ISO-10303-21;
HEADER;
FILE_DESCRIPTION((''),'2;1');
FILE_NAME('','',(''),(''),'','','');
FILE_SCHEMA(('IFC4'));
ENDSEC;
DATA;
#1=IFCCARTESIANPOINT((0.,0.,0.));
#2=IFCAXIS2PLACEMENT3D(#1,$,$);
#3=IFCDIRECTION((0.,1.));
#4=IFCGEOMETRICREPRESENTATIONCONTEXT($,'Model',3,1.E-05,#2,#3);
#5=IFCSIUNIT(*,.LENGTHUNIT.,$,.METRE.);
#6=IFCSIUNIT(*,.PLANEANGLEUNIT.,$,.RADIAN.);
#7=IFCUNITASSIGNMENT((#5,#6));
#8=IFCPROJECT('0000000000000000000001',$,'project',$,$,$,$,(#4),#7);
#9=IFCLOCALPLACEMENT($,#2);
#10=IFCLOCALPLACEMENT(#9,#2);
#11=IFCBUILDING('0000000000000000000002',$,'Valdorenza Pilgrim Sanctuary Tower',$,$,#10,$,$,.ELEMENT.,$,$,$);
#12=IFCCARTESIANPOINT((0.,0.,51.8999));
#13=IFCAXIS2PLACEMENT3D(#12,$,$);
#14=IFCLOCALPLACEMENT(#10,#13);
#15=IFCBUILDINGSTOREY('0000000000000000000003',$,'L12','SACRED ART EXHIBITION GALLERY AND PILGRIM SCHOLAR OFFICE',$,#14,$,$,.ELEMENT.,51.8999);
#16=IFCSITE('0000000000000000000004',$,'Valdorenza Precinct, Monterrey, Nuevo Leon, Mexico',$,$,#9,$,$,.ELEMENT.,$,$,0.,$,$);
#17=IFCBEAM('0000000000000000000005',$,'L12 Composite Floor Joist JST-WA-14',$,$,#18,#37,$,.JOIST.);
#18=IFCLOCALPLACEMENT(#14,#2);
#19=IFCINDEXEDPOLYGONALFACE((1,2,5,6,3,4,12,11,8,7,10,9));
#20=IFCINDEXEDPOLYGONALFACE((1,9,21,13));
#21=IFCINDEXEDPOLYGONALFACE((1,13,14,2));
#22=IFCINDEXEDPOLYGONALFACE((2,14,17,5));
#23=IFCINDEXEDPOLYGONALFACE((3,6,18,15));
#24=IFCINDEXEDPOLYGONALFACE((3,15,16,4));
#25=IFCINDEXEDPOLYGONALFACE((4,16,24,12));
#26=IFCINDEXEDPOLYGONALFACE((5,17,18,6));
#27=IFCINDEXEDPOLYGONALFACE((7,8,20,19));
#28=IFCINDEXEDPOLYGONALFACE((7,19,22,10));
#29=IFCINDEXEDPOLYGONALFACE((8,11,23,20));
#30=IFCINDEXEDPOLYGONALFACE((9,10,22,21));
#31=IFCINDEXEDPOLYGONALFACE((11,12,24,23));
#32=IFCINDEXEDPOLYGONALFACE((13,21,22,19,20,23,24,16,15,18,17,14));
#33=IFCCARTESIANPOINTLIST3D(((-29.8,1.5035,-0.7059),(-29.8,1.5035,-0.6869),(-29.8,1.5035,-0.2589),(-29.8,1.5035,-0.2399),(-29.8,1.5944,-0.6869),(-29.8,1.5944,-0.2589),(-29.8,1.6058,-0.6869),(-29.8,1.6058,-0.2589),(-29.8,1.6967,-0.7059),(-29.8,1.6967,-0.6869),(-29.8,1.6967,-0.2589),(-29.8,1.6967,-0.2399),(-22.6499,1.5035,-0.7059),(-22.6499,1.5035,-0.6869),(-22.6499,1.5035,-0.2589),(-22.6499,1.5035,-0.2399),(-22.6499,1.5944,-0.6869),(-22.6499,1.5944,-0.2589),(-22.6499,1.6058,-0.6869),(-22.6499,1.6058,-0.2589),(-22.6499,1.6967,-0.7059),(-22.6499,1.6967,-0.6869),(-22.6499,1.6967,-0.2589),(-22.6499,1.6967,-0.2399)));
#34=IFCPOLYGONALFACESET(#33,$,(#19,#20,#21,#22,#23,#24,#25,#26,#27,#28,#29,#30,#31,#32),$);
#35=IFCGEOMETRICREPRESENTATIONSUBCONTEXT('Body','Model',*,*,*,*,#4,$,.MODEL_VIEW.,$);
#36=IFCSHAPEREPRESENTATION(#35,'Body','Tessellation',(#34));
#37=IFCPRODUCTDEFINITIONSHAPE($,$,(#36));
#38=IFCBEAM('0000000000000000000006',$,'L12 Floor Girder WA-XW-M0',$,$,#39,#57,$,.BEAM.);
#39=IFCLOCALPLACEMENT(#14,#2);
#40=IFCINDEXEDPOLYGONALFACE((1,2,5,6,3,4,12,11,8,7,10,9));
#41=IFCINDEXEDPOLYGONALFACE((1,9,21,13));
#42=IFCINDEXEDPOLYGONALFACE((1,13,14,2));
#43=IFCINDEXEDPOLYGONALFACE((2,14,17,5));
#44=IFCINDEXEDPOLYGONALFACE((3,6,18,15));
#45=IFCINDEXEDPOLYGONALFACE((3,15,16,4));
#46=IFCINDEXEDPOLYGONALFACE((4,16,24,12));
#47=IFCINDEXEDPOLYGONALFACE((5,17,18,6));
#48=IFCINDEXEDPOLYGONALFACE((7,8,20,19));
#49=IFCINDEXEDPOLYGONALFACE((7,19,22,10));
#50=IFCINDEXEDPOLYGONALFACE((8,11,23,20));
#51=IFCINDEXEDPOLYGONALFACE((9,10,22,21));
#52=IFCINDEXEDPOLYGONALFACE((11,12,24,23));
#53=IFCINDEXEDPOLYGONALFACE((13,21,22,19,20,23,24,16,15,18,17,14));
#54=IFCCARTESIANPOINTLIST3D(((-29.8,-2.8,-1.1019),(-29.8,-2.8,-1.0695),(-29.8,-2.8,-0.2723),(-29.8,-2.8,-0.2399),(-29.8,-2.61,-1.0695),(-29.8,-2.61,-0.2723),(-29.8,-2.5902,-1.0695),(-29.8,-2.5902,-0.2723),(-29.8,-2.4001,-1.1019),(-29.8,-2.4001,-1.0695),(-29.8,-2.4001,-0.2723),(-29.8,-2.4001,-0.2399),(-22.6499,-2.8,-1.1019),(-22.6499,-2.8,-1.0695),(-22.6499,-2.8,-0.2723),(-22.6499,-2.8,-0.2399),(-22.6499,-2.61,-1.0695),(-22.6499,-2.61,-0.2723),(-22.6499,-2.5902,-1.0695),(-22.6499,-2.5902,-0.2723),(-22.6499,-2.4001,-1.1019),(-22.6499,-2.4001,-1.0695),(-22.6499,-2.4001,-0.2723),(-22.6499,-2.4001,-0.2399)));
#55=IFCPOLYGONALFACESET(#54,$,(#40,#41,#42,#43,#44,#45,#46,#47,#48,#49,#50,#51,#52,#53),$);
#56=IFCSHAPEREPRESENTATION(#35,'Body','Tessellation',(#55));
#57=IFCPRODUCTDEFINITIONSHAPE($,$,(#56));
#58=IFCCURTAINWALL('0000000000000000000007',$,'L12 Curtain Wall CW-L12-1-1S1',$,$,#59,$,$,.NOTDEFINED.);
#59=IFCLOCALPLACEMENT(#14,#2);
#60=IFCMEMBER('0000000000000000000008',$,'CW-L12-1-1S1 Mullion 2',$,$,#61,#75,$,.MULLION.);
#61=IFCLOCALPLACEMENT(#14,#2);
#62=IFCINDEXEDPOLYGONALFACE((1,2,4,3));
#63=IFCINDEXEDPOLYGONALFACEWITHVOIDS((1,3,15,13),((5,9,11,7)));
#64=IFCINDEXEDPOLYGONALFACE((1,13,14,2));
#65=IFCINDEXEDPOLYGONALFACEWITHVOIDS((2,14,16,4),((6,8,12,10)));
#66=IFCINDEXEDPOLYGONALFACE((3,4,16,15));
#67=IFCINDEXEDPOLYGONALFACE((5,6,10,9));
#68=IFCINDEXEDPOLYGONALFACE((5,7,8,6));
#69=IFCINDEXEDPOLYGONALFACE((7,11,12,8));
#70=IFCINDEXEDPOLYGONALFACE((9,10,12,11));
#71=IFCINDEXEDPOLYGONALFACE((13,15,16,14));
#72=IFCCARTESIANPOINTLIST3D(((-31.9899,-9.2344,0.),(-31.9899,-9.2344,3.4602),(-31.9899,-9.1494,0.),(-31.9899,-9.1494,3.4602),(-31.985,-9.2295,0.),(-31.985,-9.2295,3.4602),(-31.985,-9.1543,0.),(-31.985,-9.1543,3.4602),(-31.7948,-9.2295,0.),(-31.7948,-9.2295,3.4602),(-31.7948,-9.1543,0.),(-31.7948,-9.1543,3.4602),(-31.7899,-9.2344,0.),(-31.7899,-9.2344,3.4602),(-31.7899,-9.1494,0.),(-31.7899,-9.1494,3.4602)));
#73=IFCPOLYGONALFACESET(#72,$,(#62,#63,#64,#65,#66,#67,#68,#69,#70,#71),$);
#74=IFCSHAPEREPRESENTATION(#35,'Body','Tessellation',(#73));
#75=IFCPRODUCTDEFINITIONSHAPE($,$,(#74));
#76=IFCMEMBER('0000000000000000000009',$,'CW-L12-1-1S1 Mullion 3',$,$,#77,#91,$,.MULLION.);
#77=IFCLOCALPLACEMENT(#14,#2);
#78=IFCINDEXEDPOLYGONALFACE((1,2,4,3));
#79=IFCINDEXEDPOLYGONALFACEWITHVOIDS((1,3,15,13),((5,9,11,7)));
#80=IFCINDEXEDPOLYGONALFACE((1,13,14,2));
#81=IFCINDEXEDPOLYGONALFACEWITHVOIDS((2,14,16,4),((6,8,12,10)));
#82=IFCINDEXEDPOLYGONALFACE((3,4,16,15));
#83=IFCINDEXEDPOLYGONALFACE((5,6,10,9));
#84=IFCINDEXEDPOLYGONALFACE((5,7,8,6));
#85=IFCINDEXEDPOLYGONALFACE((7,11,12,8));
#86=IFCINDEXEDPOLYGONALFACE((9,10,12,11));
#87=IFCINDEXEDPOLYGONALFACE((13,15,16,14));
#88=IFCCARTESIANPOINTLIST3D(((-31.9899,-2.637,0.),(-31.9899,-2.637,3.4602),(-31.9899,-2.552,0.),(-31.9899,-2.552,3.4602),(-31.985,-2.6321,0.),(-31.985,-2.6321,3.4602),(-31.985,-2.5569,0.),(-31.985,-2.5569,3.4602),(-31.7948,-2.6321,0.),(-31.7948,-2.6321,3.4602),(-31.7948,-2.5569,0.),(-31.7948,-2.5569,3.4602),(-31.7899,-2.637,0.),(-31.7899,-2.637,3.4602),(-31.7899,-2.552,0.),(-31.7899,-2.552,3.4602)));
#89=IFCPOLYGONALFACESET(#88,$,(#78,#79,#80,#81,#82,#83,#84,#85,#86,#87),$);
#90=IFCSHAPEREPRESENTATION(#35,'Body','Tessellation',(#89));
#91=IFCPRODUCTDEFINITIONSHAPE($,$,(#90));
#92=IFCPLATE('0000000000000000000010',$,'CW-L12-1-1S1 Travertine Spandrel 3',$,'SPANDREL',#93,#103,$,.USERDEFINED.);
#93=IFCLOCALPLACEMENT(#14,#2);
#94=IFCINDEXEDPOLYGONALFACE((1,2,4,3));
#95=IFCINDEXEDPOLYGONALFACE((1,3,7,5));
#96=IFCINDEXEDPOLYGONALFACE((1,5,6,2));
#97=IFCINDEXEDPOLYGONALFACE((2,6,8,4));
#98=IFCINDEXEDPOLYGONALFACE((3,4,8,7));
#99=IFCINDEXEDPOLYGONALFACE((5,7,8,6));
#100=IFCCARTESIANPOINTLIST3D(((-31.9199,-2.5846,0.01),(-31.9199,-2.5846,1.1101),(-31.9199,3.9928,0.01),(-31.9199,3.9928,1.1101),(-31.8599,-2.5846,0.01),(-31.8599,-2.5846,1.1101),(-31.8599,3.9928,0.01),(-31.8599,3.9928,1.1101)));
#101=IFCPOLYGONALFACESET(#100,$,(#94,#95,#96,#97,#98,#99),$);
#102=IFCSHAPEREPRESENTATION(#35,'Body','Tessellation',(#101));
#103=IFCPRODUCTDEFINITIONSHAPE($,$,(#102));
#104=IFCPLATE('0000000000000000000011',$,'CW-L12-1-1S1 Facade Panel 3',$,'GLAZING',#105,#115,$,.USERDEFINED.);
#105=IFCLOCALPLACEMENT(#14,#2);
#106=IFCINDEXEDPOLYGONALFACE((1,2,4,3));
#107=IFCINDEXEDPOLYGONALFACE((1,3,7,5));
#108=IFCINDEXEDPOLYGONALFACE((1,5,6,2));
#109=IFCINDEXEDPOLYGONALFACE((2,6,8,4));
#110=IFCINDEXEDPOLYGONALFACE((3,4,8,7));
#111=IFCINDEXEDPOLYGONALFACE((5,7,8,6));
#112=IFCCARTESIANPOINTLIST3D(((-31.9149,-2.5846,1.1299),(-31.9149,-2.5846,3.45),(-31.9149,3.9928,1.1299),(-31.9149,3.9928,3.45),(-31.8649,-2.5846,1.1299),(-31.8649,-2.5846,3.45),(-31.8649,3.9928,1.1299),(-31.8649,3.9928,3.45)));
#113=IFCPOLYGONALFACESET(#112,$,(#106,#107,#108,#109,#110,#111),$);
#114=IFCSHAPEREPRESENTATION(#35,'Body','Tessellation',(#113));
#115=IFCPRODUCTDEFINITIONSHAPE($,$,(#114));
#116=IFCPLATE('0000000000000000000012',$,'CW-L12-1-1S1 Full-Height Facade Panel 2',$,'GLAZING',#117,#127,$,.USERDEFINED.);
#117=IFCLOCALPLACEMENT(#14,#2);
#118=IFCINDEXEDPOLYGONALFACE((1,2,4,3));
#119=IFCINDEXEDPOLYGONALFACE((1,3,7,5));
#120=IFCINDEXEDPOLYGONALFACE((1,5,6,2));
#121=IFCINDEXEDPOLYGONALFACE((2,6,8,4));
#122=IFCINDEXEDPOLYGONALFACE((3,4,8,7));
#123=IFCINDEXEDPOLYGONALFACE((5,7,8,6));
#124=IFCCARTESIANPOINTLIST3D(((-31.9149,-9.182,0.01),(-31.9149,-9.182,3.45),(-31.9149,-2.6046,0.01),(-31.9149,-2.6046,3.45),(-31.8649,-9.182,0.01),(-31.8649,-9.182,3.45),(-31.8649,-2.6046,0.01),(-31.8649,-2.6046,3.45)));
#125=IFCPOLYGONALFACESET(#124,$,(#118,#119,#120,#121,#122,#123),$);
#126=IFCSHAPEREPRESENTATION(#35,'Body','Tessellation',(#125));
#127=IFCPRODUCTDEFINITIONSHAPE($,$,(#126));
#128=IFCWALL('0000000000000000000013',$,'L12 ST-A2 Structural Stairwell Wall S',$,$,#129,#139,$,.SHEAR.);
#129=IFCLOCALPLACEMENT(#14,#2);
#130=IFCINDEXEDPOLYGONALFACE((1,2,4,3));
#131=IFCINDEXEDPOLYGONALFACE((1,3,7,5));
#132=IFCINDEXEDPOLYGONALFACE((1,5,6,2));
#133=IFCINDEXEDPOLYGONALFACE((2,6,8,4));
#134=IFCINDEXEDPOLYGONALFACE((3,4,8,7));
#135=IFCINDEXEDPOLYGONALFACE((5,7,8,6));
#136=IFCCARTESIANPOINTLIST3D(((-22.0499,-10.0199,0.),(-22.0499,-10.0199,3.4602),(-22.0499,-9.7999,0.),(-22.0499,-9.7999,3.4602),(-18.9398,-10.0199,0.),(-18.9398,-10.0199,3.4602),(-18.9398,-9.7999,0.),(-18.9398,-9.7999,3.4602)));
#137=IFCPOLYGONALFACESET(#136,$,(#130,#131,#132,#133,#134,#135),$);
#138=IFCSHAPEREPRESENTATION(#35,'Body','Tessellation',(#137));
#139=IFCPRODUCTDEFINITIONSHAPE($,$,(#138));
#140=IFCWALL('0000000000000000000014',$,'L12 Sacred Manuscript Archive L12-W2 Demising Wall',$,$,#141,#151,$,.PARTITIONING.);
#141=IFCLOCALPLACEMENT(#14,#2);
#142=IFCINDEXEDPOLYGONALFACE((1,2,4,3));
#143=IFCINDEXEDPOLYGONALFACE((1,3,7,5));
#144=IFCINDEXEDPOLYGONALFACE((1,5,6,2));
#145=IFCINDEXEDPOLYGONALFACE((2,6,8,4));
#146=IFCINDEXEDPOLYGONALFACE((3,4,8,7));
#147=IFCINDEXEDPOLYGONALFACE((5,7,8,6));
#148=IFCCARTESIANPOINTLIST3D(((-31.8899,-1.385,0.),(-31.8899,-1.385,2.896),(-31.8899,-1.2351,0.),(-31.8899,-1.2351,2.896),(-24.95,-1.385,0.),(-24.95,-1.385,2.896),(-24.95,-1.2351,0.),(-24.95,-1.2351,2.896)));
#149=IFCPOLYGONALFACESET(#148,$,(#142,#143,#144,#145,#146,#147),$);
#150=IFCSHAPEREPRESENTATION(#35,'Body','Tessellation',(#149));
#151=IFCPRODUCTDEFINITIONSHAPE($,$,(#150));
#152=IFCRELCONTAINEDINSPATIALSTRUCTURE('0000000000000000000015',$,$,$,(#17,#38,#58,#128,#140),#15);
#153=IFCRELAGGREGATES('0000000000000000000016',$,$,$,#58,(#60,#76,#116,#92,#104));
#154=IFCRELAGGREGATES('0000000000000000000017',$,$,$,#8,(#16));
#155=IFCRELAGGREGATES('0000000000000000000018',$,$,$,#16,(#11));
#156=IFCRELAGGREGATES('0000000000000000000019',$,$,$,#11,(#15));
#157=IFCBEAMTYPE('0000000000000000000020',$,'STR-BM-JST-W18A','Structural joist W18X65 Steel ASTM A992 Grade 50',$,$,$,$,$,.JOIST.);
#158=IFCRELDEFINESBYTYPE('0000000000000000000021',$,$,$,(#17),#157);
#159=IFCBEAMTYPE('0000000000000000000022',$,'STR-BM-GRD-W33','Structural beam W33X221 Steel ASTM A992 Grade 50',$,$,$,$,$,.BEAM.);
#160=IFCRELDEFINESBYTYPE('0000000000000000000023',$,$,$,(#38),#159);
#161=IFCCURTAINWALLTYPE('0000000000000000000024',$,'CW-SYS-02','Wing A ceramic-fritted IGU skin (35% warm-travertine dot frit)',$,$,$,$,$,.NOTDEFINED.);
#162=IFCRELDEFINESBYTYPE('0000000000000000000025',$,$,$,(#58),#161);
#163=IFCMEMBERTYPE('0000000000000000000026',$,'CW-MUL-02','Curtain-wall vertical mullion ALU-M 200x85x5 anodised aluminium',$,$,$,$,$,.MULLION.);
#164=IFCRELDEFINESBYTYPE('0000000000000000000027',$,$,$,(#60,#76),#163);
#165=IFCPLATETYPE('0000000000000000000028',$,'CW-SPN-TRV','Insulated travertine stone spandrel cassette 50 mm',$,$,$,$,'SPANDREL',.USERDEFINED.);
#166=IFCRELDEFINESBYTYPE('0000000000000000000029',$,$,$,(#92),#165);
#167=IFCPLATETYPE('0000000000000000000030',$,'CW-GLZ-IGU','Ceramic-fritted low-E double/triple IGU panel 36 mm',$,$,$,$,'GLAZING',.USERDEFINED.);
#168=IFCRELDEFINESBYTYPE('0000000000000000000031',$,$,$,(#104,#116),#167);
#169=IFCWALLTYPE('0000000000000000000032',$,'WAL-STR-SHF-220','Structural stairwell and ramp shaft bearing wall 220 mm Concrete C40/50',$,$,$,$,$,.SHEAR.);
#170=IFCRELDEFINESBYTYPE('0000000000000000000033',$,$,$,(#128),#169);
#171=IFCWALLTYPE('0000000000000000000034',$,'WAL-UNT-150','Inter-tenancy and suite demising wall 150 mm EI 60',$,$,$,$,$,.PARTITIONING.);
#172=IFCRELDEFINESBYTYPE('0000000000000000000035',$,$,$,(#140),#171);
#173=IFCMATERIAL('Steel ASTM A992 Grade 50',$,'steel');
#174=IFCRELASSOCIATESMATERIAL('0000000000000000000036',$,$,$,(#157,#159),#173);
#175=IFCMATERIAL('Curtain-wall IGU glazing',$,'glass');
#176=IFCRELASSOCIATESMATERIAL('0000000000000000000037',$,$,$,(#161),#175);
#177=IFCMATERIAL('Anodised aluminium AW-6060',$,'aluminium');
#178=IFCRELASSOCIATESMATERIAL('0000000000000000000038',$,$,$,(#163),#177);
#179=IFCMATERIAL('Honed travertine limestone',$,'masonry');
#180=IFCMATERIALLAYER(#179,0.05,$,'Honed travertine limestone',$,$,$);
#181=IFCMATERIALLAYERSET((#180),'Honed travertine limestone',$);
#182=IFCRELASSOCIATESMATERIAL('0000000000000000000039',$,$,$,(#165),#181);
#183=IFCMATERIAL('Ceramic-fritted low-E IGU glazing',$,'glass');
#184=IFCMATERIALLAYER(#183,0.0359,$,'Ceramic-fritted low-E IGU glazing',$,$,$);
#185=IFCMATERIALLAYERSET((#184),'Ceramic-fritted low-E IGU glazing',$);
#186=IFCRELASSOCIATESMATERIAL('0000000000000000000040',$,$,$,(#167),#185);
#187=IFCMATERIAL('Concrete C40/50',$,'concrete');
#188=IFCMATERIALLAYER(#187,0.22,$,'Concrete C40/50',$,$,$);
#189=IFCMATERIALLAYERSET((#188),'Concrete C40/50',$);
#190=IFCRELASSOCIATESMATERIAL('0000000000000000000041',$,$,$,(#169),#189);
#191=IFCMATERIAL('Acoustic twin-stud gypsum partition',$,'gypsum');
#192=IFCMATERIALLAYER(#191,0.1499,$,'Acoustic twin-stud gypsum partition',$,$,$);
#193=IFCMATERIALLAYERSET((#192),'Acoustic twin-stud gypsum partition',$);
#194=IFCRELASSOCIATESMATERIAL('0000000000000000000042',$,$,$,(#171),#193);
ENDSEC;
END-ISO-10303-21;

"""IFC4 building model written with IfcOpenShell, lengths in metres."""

from ifc_helpers import new_model, si_unit, direction, frame, frame_2d, origin, origin_2d, place, context, subcontext, project, spatial, rectangle, hollow_rectangle, i_section, extrude, source, transform, mapped, material, layer, layer_set, material_profile, profile_set, type_object, element, aggregate, save


model = new_model("IFC4")

# Units and contexts
model_context = context("Model", 3, precision=1e-05, world=origin(), true_north=direction((0.0, 1.0)))
body_context = subcontext(model_context, "Body", "Model", "MODEL_VIEW")
ifc_project = project(units=[si_unit("LENGTHUNIT", "METRE"), si_unit("PLANEANGLEUNIT", "RADIAN")], contexts=[model_context])

# Site, building, storey
site_placement = place(None, origin())
site = spatial("IfcSite", under=ifc_project, at=site_placement, Name="Valdorenza Precinct, Monterrey, Nuevo Leon, Mexico", CompositionType="ELEMENT", RefElevation=0.0)
building_placement = place(site_placement, origin())
building = spatial("IfcBuilding", under=site, at=building_placement, Name="Valdorenza Pilgrim Sanctuary Tower", CompositionType="ELEMENT")
storey_placement = place(building_placement, frame((0.0, 0.0, 51.8999)))
storey = spatial("IfcBuildingStorey", under=building, at=storey_placement, Name="L12", Description="SACRED ART EXHIBITION GALLERY AND PILGRIM SCHOLAR OFFICE", CompositionType="ELEMENT", Elevation=51.8999)

# Beams
ifc_material_1 = material(Name="Steel ASTM A992 Grade 50", Category="steel")
ifc_material_profile_1 = material_profile(ifc_material_1, i_section(OverallWidth=0.1931, OverallDepth=0.4661, WebThickness=0.0115, FlangeThickness=0.019, at=origin_2d()), Name="W18X65")
ifc_profile_set_1 = profile_set([ifc_material_profile_1], Name="Steel ASTM A992 Grade 50")
beam_type_1 = type_object("IfcBeamType", Name="STR-BM-JST-W18A", Description="Structural joist W18X65 Steel ASTM A992 Grade 50", PredefinedType="JOIST", material=ifc_profile_set_1)
shared_shape_1 = source(origin(), body_context, "Body", "SweptSolid", [
    extrude(i_section(OverallWidth=0.1931, OverallDepth=0.4661, WebThickness=0.0115, FlangeThickness=0.019, at=origin_2d()), origin(), (0.0, 0.0, 1.0), 7.1501),
])
for number, where, z_axis, x_axis, name in (
    (1, (-29.8, 1.6001, -0.4729), (1.0, 0.0, 0.0), (0.0, 1.0, 0.0), "L12 Composite Floor Joist JST-WA-14"),
):
    element("IfcBeam", number, at=place(storey_placement, frame(where, z_axis=z_axis, x_axis=x_axis)), inside=storey, type_object=beam_type_1, Name=name, PredefinedType="JOIST", context=body_context, shape_type="MappedRepresentation", body=[
        mapped(shared_shape_1, transform((0.0, 0.0, 0.0), x_axis=(1.0, 0.0, 0.0), y_axis=(0.0, 1.0, 0.0), z_axis=(0.0, 0.0, 1.0), scale=1.0)),
    ])
ifc_material_profile_2 = material_profile(ifc_material_1, i_section(OverallWidth=0.3999, OverallDepth=0.8621, WebThickness=0.0198, FlangeThickness=0.0325, at=origin_2d()), Name="W33X221")
ifc_profile_set_2 = profile_set([ifc_material_profile_2], Name="Steel ASTM A992 Grade 50")
beam_type_2 = type_object("IfcBeamType", Name="STR-BM-GRD-W33", Description="Structural beam W33X221 Steel ASTM A992 Grade 50", PredefinedType="BEAM", material=ifc_profile_set_2)
shared_shape_2 = source(origin(), body_context, "Body", "SweptSolid", [
    extrude(i_section(OverallWidth=0.3999, OverallDepth=0.8621, WebThickness=0.0198, FlangeThickness=0.0325, at=origin_2d()), origin(), (0.0, 0.0, 1.0), 7.1501),
])
beam_1_placement = place(storey_placement, frame((-29.8, -2.6001, -0.6709), z_axis=(1.0, 0.0, 0.0), x_axis=(0.0, 1.0, 0.0)))
element("IfcBeam", 2, at=beam_1_placement, inside=storey, type_object=beam_type_2, Name="L12 Floor Girder WA-XW-M0", PredefinedType="BEAM", context=body_context, shape_type="MappedRepresentation", body=[
    mapped(shared_shape_2, transform((0.0, 0.0, 0.0), x_axis=(1.0, 0.0, 0.0), y_axis=(0.0, 1.0, 0.0), z_axis=(0.0, 0.0, 1.0), scale=1.0)),
])

# Curtain wall, members, plates
ifc_material_2 = material(Name="Curtain-wall IGU glazing", Category="glass")
curtain_wall_type = type_object("IfcCurtainWallType", Name="CW-SYS-02", Description="Wing A ceramic-fritted IGU skin (35% warm-travertine dot frit)", PredefinedType="NOTDEFINED", material=ifc_material_2)
curtain_wall_placement = place(storey_placement, origin())
curtain_wall = element("IfcCurtainWall", 3, at=curtain_wall_placement, inside=storey, type_object=curtain_wall_type, Name="L12 Curtain Wall CW-L12-1-1S1", PredefinedType="NOTDEFINED")
ifc_material_3 = material(Name="Anodised aluminium AW-6060", Category="aluminium")
ifc_material_profile_3 = material_profile(ifc_material_3, hollow_rectangle(XDim=0.085, YDim=0.2, WallThickness=0.0049, at=origin_2d()), Name="ALU-M 200x85x5")
ifc_profile_set_3 = profile_set([ifc_material_profile_3], Name="Anodised aluminium AW-6060")
member_type = type_object("IfcMemberType", Name="CW-MUL-02", Description="Curtain-wall vertical mullion ALU-M 200x85x5 anodised aluminium", PredefinedType="MULLION", material=ifc_profile_set_3)
shared_shape_3 = source(origin(), body_context, "Body", "SweptSolid", [
    extrude(hollow_rectangle(XDim=0.085, YDim=0.2, WallThickness=0.0049, at=origin_2d()), origin(), (0.0, 0.0, 1.0), 3.4602),
])
member_1_placement = place(storey_placement, frame((-31.8899, -9.1919, 0.0), z_axis=(0.0, 0.0, 1.0), x_axis=(0.0, 1.0, 0.0)))
member_1 = element("IfcMember", 4, at=member_1_placement, type_object=member_type, Name="CW-L12-1-1S1 Mullion 2", PredefinedType="MULLION", context=body_context, shape_type="MappedRepresentation", body=[
    mapped(shared_shape_3, transform((0.0, 0.0, 0.0), x_axis=(1.0, 0.0, 0.0), y_axis=(0.0, 1.0, 0.0), z_axis=(0.0, 0.0, 1.0), scale=1.0)),
])
member_2_placement = place(storey_placement, frame((-31.8899, -2.5945, 0.0), z_axis=(0.0, 0.0, 1.0), x_axis=(0.0, 1.0, 0.0)))
member_2 = element("IfcMember", 5, at=member_2_placement, type_object=member_type, Name="CW-L12-1-1S1 Mullion 3", PredefinedType="MULLION", context=body_context, shape_type="MappedRepresentation", body=[
    mapped(shared_shape_3, transform((0.0, 0.0, 0.0), x_axis=(1.0, 0.0, 0.0), y_axis=(0.0, 1.0, 0.0), z_axis=(0.0, 0.0, 1.0), scale=1.0)),
])
ifc_material_4 = material(Name="Honed travertine limestone", Category="masonry")
ifc_layer_1 = layer(ifc_material_4, 0.05, Name="Honed travertine limestone")
ifc_layer_set_1 = layer_set([ifc_layer_1], Name="Honed travertine limestone")
plate_type_1 = type_object("IfcPlateType", Name="CW-SPN-TRV", Description="Insulated travertine stone spandrel cassette 50 mm", ElementType="SPANDREL", PredefinedType="USERDEFINED", material=ifc_layer_set_1)
shared_shape_4 = source(origin(), body_context, "Body", "SweptSolid", [
    extrude(rectangle(XDim=6.5774, YDim=0.0601, at=origin_2d()), origin(), (0.0, 0.0, 1.0), 1.1001),
])
plate_1_placement = place(storey_placement, frame((-31.8899, 0.7041, 0.01), z_axis=(0.0, 0.0, 1.0), x_axis=(0.0, 1.0, 0.0)))
plate_1 = element("IfcPlate", 6, at=plate_1_placement, type_object=plate_type_1, Name="CW-L12-1-1S1 Travertine Spandrel 3", ObjectType="SPANDREL", PredefinedType="USERDEFINED", context=body_context, shape_type="MappedRepresentation", body=[
    mapped(shared_shape_4, transform((0.0, 0.0, 0.0), x_axis=(1.0, 0.0, 0.0), y_axis=(0.0, 1.0, 0.0), z_axis=(0.0, 0.0, 1.0), scale=1.0)),
])
ifc_material_5 = material(Name="Ceramic-fritted low-E IGU glazing", Category="glass")
ifc_layer_2 = layer(ifc_material_5, 0.0359, Name="Ceramic-fritted low-E IGU glazing")
ifc_layer_set_2 = layer_set([ifc_layer_2], Name="Ceramic-fritted low-E IGU glazing")
plate_type_2 = type_object("IfcPlateType", Name="CW-GLZ-IGU", Description="Ceramic-fritted low-E double/triple IGU panel 36 mm", ElementType="GLAZING", PredefinedType="USERDEFINED", material=ifc_layer_set_2)
shared_shape_5 = source(origin(), body_context, "Body", "SweptSolid", [
    extrude(rectangle(XDim=6.5774, YDim=0.05, at=origin_2d()), origin(), (0.0, 0.0, 1.0), 2.3201),
])
plate_2_placement = place(storey_placement, frame((-31.8899, 0.7041, 1.1299), z_axis=(0.0, 0.0, 1.0), x_axis=(0.0, 1.0, 0.0)))
plate_2 = element("IfcPlate", 7, at=plate_2_placement, type_object=plate_type_2, Name="CW-L12-1-1S1 Facade Panel 3", ObjectType="GLAZING", PredefinedType="USERDEFINED", context=body_context, shape_type="MappedRepresentation", body=[
    mapped(shared_shape_5, transform((0.0, 0.0, 0.0), x_axis=(1.0, 0.0, 0.0), y_axis=(0.0, 1.0, 0.0), z_axis=(0.0, 0.0, 1.0), scale=1.0)),
])
shared_shape_6 = source(origin(), body_context, "Body", "SweptSolid", [
    extrude(rectangle(XDim=6.5774, YDim=0.05, at=origin_2d()), origin(), (0.0, 0.0, 1.0), 3.4399),
])
plate_3_placement = place(storey_placement, frame((-31.8899, -5.8933, 0.01), z_axis=(0.0, 0.0, 1.0), x_axis=(0.0, 1.0, 0.0)))
plate_3 = element("IfcPlate", 8, at=plate_3_placement, type_object=plate_type_2, Name="CW-L12-1-1S1 Full-Height Facade Panel 2", ObjectType="GLAZING", PredefinedType="USERDEFINED", context=body_context, shape_type="MappedRepresentation", body=[
    mapped(shared_shape_6, transform((0.0, 0.0, 0.0), x_axis=(1.0, 0.0, 0.0), y_axis=(0.0, 1.0, 0.0), z_axis=(0.0, 0.0, 1.0), scale=1.0)),
])
aggregate(curtain_wall, [member_1, member_2, plate_3, plate_1, plate_2])

# Wall
ifc_material_6 = material(Name="Concrete C40/50", Category="concrete")
ifc_layer_3 = layer(ifc_material_6, 0.22, Name="Concrete C40/50")
ifc_layer_set_3 = layer_set([ifc_layer_3], Name="Concrete C40/50")
wall_type_1 = type_object("IfcWallType", Name="WAL-STR-SHF-220", Description="Structural stairwell and ramp shaft bearing wall 220 mm Concrete C40/50", PredefinedType="SHEAR", material=ifc_layer_set_3)
wall_1_placement = place(storey_placement, frame((-22.05, -9.9099, 0.0), z_axis=(0.0, 0.0, 1.0), x_axis=(1.0, 0.0, 0.0)))
element("IfcWall", 9, at=wall_1_placement, inside=storey, type_object=wall_type_1, Name="L12 ST-A2 Structural Stairwell Wall S", PredefinedType="SHEAR", context=body_context, shape_type="SweptSolid", body=[
    extrude(rectangle(XDim=3.1101, YDim=0.22, at=frame_2d((1.5552, 0.0))), origin(), (0.0, 0.0, 1.0), 3.4602),
])

# Wall
ifc_material_7 = material(Name="Acoustic twin-stud gypsum partition", Category="gypsum")
ifc_layer_4 = layer(ifc_material_7, 0.1499, Name="Acoustic twin-stud gypsum partition")
ifc_layer_set_4 = layer_set([ifc_layer_4], Name="Acoustic twin-stud gypsum partition")
wall_type_2 = type_object("IfcWallType", Name="WAL-UNT-150", Description="Inter-tenancy and suite demising wall 150 mm EI 60", PredefinedType="PARTITIONING", material=ifc_layer_set_4)
wall_2_placement = place(storey_placement, frame((-31.8899, -1.3101, 0.0), z_axis=(0.0, 0.0, 1.0), x_axis=(1.0, 0.0, 0.0)))
element("IfcWall", 10, at=wall_2_placement, inside=storey, type_object=wall_type_2, Name="L12 Sacred Manuscript Archive L12-W2 Demising Wall", PredefinedType="PARTITIONING", context=body_context, shape_type="SweptSolid", body=[
    extrude(rectangle(XDim=6.9399, YDim=0.1499, at=frame_2d((3.47, 0.0))), origin(), (0.0, 0.0, 1.0), 2.896),
])

save(model, "model.ifc")
